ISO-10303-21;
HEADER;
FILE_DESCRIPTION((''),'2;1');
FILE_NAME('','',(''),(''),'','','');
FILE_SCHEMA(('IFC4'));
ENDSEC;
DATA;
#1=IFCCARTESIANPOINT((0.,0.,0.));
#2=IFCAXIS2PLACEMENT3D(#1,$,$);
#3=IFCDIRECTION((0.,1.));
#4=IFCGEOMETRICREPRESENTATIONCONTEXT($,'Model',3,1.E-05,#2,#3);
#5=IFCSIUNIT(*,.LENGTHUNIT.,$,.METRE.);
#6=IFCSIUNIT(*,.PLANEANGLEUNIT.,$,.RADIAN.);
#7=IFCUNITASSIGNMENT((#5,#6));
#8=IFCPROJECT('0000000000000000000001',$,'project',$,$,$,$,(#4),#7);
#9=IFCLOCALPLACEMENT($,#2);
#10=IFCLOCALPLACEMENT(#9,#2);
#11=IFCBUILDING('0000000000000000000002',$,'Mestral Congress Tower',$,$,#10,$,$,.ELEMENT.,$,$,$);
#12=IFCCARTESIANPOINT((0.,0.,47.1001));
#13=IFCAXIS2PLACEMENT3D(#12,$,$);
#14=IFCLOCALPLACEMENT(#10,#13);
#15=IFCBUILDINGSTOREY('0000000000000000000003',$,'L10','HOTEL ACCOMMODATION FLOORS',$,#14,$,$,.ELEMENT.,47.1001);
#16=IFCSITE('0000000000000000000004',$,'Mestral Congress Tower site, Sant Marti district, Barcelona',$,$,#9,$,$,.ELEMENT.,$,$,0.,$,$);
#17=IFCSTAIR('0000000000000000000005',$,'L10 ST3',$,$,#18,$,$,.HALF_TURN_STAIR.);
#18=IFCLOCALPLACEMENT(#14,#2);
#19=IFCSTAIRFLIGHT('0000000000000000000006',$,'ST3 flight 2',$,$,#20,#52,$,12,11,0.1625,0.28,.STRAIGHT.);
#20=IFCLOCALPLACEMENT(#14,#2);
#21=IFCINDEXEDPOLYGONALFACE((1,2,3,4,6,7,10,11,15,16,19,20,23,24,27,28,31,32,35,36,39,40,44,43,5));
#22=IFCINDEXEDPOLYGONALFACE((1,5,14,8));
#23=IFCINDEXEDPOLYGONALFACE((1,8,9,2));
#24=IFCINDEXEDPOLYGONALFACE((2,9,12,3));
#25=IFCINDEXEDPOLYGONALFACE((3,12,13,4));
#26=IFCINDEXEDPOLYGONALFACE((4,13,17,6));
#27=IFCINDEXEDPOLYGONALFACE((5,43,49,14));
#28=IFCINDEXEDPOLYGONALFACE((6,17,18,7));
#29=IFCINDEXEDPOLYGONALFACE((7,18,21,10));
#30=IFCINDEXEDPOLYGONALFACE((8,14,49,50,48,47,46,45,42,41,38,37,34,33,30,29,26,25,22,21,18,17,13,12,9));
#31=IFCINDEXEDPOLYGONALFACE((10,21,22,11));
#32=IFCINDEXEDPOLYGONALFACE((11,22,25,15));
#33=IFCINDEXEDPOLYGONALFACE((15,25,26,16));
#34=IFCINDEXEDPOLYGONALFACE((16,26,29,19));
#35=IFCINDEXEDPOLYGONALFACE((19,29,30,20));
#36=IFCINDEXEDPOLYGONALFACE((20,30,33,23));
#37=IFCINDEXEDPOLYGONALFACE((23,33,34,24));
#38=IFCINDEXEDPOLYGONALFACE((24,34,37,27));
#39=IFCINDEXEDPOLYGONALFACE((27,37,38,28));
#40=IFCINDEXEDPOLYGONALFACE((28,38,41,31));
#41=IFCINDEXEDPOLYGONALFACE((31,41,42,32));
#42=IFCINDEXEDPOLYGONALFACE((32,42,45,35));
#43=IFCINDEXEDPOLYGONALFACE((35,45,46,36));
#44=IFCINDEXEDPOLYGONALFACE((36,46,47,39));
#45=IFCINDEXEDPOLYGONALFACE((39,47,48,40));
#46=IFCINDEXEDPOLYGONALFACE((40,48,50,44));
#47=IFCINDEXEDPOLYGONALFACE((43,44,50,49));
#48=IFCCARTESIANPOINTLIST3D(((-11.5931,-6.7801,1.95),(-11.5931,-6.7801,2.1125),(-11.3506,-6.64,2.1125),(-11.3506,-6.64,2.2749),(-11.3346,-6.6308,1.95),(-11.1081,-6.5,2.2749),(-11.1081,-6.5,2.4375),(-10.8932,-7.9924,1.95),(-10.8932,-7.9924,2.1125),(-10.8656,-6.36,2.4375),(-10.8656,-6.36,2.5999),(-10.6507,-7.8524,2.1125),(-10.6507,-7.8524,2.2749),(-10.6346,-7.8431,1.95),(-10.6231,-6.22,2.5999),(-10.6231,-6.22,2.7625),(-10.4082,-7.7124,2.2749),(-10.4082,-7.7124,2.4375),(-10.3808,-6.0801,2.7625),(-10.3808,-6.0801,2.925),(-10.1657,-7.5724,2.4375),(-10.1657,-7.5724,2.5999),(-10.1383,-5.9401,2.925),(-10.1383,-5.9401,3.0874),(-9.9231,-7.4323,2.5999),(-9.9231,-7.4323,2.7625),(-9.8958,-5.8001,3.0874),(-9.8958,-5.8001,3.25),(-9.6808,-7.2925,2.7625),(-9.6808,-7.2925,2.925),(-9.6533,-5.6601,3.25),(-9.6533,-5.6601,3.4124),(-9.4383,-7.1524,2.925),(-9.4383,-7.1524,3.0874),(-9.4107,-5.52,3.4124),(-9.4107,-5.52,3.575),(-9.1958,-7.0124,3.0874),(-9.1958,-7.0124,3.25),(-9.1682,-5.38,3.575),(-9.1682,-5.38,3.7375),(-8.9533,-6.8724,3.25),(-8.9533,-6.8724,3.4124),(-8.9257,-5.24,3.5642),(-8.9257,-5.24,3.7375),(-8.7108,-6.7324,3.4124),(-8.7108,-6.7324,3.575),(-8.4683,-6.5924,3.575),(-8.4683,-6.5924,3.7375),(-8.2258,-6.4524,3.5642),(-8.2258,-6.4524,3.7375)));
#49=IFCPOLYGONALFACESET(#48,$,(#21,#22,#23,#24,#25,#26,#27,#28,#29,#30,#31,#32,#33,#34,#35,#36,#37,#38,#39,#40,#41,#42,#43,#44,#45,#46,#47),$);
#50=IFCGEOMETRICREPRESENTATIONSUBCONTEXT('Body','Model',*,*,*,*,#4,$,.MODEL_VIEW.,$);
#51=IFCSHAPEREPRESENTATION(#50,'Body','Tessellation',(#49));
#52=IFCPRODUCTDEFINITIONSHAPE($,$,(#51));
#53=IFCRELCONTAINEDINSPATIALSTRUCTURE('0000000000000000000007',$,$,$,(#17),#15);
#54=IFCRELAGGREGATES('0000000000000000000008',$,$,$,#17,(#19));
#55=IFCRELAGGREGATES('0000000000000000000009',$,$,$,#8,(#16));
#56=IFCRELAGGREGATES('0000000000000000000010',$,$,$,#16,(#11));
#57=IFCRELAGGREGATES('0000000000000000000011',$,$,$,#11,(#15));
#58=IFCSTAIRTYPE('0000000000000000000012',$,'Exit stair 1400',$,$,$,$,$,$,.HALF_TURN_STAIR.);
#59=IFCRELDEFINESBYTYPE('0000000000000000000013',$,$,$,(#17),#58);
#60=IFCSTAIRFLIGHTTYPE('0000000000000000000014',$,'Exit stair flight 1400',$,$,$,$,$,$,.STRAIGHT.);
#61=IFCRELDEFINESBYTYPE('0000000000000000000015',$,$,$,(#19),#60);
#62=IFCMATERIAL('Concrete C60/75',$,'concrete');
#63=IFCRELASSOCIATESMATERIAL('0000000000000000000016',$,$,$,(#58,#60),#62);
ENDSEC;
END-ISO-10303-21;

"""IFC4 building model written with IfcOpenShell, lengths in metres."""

from ifc_helpers import new_model, si_unit, direction, frame, origin, place, context, subcontext, project, spatial, polyline, outline, extrude, material, type_object, element, aggregate, save


model = new_model("IFC4")

# Units and contexts
model_context = context("Model", 3, precision=1e-05, world=origin(), true_north=direction((0.0, 1.0)))
body_context = subcontext(model_context, "Body", "Model", "MODEL_VIEW")
ifc_project = project(units=[si_unit("LENGTHUNIT", "METRE"), si_unit("PLANEANGLEUNIT", "RADIAN")], contexts=[model_context])

# Site, building, storey
site_placement = place(None, origin())
site = spatial("IfcSite", under=ifc_project, at=site_placement, Name="Mestral Congress Tower site, Sant Marti district, Barcelona", CompositionType="ELEMENT", RefElevation=0.0)
building_placement = place(site_placement, origin())
building = spatial("IfcBuilding", under=site, at=building_placement, Name="Mestral Congress Tower", CompositionType="ELEMENT")
storey_placement = place(building_placement, frame((0.0, 0.0, 47.1001)))
storey = spatial("IfcBuildingStorey", under=building, at=storey_placement, Name="L10", Description="HOTEL ACCOMMODATION FLOORS", CompositionType="ELEMENT", Elevation=47.1001)

# Shared definitions
ifc_material_1 = material(Name="Concrete C60/75", Category="concrete")

# Stair, stair flight
stair_type = type_object("IfcStairType", Name="Exit stair 1400", PredefinedType="HALF_TURN_STAIR", material=ifc_material_1)
stair_placement = place(storey_placement, origin())
stair = element("IfcStair", 1, at=stair_placement, inside=storey, type_object=stair_type, Name="L10 ST3", PredefinedType="HALF_TURN_STAIR")
stair_flight_type = type_object("IfcStairFlightType", Name="Exit stair flight 1400", PredefinedType="STRAIGHT", material=ifc_material_1)
stair_flight_1_placement = place(storey_placement, frame((-11.2432, -7.3862, 1.95), z_axis=(0.0, 0.0, 1.0), x_axis=(0.866025, 0.5, 0.0)))
stair_flight_1 = element("IfcStairFlight", 2, at=stair_flight_1_placement, type_object=stair_flight_type, Name="ST3 flight 2", NumberOfRisers=12, NumberOfTreads=11, PredefinedType="STRAIGHT", RiserHeight=0.1625, TreadLength=0.28, context=body_context, shape_type="SweptSolid", body=[
    extrude(outline(polyline([(0.0, 0.0), (0.0, 0.1626), (0.28, 0.1626), (0.28, 0.325), (0.5601, 0.325), (0.5601, 0.4875), (0.8401, 0.4875), (0.8401, 0.6499), (1.1201, 0.6499), (1.1201, 0.8125), (1.3999, 0.8125), (1.3999, 0.9751), (1.6799, 0.9751), (1.6799, 1.1375), (1.96, 1.1375), (1.96, 1.3), (2.24, 1.3), (2.24, 1.4624), (2.52, 1.4624), (2.52, 1.625), (2.8, 1.625), (2.8, 1.7876), (3.0801, 1.7876), (3.0801, 1.95), (3.0801, 1.6143), (0.2986, 0.0), (0.0, 0.0)])), frame((0.0, 0.7, 0.0), z_axis=(0.0, -1.0, 0.0), x_axis=(1.0, 0.0, 0.0)), (0.0, 0.0, 1.0), 1.3999),
])
aggregate(stair, [stair_flight_1])

save(model, "model.ifc")
